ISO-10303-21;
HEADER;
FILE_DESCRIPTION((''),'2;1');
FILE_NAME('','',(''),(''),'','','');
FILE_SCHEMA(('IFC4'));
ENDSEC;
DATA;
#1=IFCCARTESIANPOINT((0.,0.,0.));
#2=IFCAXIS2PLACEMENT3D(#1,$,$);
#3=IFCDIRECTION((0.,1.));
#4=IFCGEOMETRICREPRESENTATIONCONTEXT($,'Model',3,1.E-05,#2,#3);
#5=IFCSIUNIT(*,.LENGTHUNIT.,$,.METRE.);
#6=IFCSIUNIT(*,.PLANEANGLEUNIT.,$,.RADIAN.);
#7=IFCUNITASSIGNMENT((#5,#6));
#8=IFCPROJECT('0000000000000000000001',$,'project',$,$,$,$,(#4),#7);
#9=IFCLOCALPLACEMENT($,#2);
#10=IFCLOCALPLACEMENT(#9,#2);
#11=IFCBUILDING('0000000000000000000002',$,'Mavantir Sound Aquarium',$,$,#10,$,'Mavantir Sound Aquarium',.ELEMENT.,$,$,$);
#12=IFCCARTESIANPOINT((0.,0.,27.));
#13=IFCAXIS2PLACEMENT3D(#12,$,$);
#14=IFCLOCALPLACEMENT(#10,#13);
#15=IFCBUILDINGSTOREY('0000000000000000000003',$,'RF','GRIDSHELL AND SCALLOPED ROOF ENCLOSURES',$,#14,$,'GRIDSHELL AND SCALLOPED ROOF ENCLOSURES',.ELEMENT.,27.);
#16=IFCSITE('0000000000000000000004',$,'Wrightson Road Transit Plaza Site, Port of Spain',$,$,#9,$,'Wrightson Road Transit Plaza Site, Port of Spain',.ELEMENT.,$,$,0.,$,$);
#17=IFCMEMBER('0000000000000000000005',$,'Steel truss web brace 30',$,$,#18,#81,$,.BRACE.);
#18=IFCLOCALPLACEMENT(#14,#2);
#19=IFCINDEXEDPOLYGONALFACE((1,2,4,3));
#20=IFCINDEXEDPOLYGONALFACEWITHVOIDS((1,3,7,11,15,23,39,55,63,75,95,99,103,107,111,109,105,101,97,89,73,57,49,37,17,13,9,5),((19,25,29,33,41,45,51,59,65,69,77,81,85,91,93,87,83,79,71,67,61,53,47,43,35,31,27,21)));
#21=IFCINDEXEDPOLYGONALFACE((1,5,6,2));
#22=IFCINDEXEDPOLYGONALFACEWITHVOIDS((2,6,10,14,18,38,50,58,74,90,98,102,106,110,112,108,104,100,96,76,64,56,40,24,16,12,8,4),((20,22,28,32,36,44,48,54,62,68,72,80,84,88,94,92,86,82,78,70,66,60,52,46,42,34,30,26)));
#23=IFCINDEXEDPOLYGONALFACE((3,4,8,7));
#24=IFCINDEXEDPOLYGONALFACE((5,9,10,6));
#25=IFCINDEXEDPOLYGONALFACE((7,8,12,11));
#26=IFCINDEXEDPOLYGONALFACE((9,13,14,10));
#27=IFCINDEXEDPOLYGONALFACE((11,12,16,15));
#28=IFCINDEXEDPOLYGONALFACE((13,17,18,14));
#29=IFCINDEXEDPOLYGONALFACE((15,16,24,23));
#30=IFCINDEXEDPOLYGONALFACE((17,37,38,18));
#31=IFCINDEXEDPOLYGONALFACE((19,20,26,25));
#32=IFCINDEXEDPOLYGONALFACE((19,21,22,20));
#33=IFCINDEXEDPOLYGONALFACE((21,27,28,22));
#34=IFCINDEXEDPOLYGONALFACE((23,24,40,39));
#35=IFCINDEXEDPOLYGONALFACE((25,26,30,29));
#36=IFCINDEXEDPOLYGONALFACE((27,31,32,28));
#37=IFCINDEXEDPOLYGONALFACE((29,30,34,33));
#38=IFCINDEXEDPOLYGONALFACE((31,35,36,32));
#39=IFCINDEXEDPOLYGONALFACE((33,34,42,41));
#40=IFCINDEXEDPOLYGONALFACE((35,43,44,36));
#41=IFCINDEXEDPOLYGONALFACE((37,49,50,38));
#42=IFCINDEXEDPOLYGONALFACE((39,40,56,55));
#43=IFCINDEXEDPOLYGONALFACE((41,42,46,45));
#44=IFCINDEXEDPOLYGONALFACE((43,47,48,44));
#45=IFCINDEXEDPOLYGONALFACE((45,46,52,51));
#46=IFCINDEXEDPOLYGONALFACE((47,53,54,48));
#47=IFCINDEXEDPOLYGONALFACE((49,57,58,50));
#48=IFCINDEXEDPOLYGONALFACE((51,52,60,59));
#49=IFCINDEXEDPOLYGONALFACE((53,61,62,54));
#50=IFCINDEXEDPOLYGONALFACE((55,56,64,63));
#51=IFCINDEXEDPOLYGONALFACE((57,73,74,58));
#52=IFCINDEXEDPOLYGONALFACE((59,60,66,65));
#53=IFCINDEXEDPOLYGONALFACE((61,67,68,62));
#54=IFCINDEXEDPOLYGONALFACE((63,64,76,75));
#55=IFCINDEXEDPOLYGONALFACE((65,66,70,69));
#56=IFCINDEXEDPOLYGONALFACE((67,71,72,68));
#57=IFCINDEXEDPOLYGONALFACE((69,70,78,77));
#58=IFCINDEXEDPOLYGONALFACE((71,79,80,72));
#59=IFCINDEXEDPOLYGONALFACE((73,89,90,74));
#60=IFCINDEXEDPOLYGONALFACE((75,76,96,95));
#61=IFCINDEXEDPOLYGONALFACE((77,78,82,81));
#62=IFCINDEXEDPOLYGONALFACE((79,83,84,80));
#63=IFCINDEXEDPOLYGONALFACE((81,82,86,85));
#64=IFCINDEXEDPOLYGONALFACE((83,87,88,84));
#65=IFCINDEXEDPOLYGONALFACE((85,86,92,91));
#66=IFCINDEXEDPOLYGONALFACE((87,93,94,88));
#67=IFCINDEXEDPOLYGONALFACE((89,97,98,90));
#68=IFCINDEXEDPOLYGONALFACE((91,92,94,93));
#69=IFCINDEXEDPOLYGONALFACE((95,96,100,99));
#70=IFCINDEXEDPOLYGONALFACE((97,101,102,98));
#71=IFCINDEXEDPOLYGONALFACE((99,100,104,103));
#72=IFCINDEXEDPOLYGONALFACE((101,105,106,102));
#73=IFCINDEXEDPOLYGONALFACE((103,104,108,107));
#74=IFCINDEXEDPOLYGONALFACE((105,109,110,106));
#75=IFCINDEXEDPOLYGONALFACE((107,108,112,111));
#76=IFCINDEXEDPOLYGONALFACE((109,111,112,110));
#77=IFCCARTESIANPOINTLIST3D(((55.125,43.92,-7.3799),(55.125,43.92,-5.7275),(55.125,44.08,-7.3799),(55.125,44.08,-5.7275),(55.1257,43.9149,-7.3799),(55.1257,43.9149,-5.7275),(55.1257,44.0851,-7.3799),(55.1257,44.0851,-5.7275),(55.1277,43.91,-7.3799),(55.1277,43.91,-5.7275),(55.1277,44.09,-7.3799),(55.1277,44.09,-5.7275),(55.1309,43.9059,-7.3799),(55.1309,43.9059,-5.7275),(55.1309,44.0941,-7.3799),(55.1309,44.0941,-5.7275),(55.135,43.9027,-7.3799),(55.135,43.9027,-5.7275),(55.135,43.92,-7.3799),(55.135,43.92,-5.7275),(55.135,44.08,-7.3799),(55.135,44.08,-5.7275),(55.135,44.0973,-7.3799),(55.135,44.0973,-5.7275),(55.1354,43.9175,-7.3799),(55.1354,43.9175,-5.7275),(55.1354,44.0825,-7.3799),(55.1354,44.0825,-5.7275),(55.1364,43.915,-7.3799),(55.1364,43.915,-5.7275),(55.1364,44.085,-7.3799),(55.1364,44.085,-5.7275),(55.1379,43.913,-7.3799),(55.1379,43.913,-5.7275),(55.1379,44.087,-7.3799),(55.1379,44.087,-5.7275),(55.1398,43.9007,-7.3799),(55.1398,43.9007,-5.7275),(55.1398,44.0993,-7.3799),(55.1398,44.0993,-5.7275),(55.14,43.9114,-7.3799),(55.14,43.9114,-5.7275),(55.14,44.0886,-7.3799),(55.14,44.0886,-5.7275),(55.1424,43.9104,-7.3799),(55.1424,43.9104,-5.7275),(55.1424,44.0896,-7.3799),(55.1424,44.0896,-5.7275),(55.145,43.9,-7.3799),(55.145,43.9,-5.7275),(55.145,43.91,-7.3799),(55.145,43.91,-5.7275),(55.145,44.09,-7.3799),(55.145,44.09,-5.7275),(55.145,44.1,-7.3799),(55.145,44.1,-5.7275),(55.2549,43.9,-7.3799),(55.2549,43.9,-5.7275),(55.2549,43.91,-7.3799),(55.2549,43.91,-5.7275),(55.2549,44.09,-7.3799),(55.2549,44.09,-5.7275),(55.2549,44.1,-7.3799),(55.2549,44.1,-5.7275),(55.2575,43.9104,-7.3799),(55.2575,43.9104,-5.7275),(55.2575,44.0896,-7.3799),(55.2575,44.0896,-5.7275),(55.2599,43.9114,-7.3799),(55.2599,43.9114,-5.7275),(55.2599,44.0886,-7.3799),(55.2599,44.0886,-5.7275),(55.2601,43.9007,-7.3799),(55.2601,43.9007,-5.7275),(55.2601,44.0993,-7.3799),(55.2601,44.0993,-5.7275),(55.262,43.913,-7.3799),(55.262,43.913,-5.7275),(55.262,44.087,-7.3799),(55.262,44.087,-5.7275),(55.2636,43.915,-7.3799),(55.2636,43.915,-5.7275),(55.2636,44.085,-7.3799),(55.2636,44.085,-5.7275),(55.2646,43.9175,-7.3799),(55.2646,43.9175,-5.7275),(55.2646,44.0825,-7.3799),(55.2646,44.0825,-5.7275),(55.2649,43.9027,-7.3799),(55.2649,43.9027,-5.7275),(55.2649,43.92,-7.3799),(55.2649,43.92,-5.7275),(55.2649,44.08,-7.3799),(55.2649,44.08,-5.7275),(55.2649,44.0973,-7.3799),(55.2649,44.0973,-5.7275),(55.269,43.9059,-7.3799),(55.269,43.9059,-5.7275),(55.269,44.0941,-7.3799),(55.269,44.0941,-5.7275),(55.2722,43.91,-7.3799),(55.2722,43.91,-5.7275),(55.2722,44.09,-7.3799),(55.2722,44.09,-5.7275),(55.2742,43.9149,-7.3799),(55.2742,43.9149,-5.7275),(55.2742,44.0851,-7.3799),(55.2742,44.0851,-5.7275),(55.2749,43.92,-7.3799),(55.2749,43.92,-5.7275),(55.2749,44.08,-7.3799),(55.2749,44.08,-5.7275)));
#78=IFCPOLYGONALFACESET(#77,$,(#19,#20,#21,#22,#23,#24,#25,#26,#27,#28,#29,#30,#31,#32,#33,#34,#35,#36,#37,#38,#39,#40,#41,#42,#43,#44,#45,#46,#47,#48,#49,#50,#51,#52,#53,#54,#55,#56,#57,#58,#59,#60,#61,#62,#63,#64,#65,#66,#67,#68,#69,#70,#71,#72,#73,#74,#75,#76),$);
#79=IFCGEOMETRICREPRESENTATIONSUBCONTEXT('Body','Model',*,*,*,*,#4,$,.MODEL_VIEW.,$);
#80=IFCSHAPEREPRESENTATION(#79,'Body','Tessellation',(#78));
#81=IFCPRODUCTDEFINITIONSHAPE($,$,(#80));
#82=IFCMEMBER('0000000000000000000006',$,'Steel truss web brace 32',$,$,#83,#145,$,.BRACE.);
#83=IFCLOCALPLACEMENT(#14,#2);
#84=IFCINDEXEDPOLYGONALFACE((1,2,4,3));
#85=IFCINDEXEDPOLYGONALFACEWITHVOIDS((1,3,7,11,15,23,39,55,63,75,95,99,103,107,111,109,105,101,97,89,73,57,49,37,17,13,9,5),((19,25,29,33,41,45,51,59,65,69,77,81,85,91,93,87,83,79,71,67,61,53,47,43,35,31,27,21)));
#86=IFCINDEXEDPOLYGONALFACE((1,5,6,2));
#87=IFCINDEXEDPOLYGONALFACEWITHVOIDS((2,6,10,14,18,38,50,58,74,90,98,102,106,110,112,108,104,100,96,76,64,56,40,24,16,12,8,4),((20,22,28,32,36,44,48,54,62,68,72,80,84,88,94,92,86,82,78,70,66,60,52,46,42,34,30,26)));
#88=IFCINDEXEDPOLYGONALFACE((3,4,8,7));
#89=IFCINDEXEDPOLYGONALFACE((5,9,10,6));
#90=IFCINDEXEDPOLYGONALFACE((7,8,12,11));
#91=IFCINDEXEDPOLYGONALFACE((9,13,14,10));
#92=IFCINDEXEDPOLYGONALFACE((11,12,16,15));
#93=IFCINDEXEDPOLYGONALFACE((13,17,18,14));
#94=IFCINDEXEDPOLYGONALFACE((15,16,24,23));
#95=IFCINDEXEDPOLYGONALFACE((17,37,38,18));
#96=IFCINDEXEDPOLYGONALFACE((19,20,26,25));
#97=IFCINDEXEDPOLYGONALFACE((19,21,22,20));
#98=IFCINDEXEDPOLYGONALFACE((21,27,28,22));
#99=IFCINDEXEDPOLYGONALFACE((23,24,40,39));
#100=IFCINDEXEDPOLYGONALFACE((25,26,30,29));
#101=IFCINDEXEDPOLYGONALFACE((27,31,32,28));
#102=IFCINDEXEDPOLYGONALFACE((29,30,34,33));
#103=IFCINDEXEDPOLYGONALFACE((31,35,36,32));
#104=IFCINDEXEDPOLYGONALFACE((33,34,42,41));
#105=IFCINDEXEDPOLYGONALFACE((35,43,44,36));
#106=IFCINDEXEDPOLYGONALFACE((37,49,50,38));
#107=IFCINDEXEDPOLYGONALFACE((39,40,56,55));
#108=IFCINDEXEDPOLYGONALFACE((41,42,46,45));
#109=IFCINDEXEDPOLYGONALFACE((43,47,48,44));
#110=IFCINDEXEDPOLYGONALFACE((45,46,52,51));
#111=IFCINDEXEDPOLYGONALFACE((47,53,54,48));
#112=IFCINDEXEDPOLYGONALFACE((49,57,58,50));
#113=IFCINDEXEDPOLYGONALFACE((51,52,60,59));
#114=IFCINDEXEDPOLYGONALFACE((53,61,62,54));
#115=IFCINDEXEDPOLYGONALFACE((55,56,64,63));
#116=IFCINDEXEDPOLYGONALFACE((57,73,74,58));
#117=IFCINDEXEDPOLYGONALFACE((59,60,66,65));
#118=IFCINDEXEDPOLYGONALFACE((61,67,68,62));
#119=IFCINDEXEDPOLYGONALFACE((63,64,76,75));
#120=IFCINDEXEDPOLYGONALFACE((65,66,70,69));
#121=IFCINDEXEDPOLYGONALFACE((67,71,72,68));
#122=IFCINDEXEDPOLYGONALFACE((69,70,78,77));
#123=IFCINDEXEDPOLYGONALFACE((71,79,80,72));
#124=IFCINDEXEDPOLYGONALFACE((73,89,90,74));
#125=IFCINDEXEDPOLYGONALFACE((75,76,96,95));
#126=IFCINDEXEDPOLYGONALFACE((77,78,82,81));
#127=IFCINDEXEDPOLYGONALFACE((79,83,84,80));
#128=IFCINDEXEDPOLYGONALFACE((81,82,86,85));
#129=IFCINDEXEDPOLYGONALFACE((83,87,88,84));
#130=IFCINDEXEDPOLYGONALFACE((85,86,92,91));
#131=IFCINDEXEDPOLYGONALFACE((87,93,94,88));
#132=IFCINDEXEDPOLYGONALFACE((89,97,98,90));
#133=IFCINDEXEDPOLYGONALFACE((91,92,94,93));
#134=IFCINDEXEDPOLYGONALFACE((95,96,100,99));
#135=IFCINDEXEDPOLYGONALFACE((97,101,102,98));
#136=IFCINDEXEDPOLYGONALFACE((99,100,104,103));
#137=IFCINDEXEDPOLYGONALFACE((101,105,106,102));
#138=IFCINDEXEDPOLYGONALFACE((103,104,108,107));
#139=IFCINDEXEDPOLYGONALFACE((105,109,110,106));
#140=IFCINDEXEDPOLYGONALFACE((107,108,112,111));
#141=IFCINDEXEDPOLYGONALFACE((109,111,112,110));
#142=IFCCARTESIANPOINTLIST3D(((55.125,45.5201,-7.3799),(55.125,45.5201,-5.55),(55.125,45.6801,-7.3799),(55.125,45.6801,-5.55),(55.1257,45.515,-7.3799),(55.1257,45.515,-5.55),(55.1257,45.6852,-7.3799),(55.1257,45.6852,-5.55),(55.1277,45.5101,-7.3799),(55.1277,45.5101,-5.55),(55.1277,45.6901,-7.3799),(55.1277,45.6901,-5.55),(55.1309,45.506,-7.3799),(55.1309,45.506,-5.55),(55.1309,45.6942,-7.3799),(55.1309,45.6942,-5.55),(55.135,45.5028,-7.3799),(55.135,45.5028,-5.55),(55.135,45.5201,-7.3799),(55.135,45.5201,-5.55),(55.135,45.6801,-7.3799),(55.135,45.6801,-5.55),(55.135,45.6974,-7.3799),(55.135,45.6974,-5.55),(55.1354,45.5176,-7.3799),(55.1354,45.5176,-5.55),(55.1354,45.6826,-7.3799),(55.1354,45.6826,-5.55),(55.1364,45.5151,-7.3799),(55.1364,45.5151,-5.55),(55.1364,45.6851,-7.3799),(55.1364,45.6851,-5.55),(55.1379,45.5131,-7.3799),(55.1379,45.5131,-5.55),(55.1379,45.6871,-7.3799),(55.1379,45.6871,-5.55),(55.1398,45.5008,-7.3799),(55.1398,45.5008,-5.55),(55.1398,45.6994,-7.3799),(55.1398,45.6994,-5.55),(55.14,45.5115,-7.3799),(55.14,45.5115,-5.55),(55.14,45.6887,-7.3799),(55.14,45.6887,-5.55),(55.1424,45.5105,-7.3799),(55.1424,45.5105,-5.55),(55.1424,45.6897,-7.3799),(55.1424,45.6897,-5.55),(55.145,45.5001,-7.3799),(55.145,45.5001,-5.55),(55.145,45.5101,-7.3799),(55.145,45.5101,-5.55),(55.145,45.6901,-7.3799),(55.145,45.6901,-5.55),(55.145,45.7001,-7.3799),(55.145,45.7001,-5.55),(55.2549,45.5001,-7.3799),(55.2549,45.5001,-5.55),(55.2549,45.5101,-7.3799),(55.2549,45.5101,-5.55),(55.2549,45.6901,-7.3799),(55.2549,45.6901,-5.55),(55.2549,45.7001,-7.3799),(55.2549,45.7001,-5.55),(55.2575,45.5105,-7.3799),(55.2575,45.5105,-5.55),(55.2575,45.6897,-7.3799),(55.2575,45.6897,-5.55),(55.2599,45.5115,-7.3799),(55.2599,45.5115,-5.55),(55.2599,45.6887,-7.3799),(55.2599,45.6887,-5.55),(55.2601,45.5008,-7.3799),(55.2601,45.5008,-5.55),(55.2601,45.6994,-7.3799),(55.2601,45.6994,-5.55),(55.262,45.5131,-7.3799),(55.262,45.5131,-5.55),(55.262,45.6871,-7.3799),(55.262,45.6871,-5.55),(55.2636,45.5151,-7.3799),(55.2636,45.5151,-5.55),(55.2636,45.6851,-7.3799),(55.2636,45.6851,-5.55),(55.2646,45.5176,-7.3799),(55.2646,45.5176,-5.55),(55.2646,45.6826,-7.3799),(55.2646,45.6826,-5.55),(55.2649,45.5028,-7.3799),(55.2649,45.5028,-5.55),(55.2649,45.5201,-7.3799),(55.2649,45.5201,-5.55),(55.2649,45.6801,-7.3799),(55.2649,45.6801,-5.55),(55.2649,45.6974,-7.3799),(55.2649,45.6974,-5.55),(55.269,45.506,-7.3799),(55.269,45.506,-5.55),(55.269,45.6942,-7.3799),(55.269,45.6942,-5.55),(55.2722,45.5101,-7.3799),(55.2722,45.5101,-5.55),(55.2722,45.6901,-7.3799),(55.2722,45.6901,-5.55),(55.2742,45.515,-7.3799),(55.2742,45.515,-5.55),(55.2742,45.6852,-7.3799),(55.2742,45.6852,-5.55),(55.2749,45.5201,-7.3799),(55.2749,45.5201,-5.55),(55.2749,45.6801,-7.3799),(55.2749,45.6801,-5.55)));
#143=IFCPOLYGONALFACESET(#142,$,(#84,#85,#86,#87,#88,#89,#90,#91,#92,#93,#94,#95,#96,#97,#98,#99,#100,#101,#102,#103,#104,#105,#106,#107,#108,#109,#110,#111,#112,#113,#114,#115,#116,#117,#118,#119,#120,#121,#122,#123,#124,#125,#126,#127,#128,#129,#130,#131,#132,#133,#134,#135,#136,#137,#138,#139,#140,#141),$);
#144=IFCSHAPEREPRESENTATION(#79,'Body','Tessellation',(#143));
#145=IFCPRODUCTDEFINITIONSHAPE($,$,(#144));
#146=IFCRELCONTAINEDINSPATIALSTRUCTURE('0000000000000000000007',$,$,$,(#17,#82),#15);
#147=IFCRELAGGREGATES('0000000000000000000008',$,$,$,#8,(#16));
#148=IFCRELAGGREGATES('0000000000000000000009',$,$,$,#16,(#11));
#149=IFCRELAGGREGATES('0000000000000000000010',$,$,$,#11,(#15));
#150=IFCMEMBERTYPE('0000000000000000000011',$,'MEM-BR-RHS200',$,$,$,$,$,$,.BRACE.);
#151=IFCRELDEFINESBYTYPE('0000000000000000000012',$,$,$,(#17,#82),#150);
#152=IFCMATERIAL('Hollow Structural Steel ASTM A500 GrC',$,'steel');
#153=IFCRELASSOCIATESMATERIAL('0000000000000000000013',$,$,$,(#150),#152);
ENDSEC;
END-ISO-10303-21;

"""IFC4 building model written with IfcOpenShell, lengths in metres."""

from ifc_helpers import new_model, si_unit, direction, frame, origin, origin_2d, place, context, subcontext, project, spatial, hollow_rectangle, extrude, material, material_profile, profile_set, type_object, element, save


model = new_model("IFC4")

# Units and contexts
model_context = context("Model", 3, precision=1e-05, world=origin(), true_north=direction((0.0, 1.0)))
body_context = subcontext(model_context, "Body", "Model", "MODEL_VIEW")
ifc_project = project(units=[si_unit("LENGTHUNIT", "METRE"), si_unit("PLANEANGLEUNIT", "RADIAN")], contexts=[model_context])

# Site, building, storey
site_placement = place(None, origin())
site = spatial("IfcSite", under=ifc_project, at=site_placement, Name="Wrightson Road Transit Plaza Site, Port of Spain", LongName="Wrightson Road Transit Plaza Site, Port of Spain", CompositionType="ELEMENT", RefElevation=0.0)
building_placement = place(site_placement, origin())
building = spatial("IfcBuilding", under=site, at=building_placement, Name="Mavantir Sound Aquarium", LongName="Mavantir Sound Aquarium", CompositionType="ELEMENT")
storey_placement = place(building_placement, frame((0.0, 0.0, 27.0)))
storey = spatial("IfcBuildingStorey", under=building, at=storey_placement, Name="RF", Description="GRIDSHELL AND SCALLOPED ROOF ENCLOSURES", LongName="GRIDSHELL AND SCALLOPED ROOF ENCLOSURES", CompositionType="ELEMENT", Elevation=27.0)

# Members
ifc_material_1 = material(Name="Hollow Structural Steel ASTM A500 GrC", Category="steel")
ifc_material_profile_1 = material_profile(ifc_material_1, hollow_rectangle(XDim=0.1499, YDim=0.2, WallThickness=0.01, InnerFilletRadius=0.01, OuterFilletRadius=0.02, at=origin_2d()), Name="RHS 200X150X10")
ifc_profile_set_1 = profile_set([ifc_material_profile_1], Name="Hollow Structural Steel ASTM A500 GrC")
member_type_1 = type_object("IfcMemberType", Name="MEM-BR-RHS200", PredefinedType="BRACE", material=ifc_profile_set_1)
member_1_placement = place(storey_placement, frame((55.2, 44.0, -7.3799), z_axis=(0.0, 0.0, 1.0), x_axis=(1.0, 0.0, 0.0)))
element("IfcMember", 1, at=member_1_placement, inside=storey, type_object=member_type_1, Name="Steel truss web brace 30", PredefinedType="BRACE", context=body_context, shape_type="SweptSolid", body=[
    extrude(hollow_rectangle(XDim=0.1499, YDim=0.2, WallThickness=0.01, InnerFilletRadius=0.01, OuterFilletRadius=0.02, at=origin_2d()), origin(), (0.0, 0.0, 1.0), 1.6523),
])
member_2_placement = place(storey_placement, frame((55.2, 45.6001, -7.3799), z_axis=(0.0, 0.0, 1.0), x_axis=(1.0, 0.0, 0.0)))
element("IfcMember", 2, at=member_2_placement, inside=storey, type_object=member_type_1, Name="Steel truss web brace 32", PredefinedType="BRACE", context=body_context, shape_type="SweptSolid", body=[
    extrude(hollow_rectangle(XDim=0.1499, YDim=0.2, WallThickness=0.01, InnerFilletRadius=0.01, OuterFilletRadius=0.02, at=origin_2d()), origin(), (0.0, 0.0, 1.0), 1.8298),
])

save(model, "model.ifc")
